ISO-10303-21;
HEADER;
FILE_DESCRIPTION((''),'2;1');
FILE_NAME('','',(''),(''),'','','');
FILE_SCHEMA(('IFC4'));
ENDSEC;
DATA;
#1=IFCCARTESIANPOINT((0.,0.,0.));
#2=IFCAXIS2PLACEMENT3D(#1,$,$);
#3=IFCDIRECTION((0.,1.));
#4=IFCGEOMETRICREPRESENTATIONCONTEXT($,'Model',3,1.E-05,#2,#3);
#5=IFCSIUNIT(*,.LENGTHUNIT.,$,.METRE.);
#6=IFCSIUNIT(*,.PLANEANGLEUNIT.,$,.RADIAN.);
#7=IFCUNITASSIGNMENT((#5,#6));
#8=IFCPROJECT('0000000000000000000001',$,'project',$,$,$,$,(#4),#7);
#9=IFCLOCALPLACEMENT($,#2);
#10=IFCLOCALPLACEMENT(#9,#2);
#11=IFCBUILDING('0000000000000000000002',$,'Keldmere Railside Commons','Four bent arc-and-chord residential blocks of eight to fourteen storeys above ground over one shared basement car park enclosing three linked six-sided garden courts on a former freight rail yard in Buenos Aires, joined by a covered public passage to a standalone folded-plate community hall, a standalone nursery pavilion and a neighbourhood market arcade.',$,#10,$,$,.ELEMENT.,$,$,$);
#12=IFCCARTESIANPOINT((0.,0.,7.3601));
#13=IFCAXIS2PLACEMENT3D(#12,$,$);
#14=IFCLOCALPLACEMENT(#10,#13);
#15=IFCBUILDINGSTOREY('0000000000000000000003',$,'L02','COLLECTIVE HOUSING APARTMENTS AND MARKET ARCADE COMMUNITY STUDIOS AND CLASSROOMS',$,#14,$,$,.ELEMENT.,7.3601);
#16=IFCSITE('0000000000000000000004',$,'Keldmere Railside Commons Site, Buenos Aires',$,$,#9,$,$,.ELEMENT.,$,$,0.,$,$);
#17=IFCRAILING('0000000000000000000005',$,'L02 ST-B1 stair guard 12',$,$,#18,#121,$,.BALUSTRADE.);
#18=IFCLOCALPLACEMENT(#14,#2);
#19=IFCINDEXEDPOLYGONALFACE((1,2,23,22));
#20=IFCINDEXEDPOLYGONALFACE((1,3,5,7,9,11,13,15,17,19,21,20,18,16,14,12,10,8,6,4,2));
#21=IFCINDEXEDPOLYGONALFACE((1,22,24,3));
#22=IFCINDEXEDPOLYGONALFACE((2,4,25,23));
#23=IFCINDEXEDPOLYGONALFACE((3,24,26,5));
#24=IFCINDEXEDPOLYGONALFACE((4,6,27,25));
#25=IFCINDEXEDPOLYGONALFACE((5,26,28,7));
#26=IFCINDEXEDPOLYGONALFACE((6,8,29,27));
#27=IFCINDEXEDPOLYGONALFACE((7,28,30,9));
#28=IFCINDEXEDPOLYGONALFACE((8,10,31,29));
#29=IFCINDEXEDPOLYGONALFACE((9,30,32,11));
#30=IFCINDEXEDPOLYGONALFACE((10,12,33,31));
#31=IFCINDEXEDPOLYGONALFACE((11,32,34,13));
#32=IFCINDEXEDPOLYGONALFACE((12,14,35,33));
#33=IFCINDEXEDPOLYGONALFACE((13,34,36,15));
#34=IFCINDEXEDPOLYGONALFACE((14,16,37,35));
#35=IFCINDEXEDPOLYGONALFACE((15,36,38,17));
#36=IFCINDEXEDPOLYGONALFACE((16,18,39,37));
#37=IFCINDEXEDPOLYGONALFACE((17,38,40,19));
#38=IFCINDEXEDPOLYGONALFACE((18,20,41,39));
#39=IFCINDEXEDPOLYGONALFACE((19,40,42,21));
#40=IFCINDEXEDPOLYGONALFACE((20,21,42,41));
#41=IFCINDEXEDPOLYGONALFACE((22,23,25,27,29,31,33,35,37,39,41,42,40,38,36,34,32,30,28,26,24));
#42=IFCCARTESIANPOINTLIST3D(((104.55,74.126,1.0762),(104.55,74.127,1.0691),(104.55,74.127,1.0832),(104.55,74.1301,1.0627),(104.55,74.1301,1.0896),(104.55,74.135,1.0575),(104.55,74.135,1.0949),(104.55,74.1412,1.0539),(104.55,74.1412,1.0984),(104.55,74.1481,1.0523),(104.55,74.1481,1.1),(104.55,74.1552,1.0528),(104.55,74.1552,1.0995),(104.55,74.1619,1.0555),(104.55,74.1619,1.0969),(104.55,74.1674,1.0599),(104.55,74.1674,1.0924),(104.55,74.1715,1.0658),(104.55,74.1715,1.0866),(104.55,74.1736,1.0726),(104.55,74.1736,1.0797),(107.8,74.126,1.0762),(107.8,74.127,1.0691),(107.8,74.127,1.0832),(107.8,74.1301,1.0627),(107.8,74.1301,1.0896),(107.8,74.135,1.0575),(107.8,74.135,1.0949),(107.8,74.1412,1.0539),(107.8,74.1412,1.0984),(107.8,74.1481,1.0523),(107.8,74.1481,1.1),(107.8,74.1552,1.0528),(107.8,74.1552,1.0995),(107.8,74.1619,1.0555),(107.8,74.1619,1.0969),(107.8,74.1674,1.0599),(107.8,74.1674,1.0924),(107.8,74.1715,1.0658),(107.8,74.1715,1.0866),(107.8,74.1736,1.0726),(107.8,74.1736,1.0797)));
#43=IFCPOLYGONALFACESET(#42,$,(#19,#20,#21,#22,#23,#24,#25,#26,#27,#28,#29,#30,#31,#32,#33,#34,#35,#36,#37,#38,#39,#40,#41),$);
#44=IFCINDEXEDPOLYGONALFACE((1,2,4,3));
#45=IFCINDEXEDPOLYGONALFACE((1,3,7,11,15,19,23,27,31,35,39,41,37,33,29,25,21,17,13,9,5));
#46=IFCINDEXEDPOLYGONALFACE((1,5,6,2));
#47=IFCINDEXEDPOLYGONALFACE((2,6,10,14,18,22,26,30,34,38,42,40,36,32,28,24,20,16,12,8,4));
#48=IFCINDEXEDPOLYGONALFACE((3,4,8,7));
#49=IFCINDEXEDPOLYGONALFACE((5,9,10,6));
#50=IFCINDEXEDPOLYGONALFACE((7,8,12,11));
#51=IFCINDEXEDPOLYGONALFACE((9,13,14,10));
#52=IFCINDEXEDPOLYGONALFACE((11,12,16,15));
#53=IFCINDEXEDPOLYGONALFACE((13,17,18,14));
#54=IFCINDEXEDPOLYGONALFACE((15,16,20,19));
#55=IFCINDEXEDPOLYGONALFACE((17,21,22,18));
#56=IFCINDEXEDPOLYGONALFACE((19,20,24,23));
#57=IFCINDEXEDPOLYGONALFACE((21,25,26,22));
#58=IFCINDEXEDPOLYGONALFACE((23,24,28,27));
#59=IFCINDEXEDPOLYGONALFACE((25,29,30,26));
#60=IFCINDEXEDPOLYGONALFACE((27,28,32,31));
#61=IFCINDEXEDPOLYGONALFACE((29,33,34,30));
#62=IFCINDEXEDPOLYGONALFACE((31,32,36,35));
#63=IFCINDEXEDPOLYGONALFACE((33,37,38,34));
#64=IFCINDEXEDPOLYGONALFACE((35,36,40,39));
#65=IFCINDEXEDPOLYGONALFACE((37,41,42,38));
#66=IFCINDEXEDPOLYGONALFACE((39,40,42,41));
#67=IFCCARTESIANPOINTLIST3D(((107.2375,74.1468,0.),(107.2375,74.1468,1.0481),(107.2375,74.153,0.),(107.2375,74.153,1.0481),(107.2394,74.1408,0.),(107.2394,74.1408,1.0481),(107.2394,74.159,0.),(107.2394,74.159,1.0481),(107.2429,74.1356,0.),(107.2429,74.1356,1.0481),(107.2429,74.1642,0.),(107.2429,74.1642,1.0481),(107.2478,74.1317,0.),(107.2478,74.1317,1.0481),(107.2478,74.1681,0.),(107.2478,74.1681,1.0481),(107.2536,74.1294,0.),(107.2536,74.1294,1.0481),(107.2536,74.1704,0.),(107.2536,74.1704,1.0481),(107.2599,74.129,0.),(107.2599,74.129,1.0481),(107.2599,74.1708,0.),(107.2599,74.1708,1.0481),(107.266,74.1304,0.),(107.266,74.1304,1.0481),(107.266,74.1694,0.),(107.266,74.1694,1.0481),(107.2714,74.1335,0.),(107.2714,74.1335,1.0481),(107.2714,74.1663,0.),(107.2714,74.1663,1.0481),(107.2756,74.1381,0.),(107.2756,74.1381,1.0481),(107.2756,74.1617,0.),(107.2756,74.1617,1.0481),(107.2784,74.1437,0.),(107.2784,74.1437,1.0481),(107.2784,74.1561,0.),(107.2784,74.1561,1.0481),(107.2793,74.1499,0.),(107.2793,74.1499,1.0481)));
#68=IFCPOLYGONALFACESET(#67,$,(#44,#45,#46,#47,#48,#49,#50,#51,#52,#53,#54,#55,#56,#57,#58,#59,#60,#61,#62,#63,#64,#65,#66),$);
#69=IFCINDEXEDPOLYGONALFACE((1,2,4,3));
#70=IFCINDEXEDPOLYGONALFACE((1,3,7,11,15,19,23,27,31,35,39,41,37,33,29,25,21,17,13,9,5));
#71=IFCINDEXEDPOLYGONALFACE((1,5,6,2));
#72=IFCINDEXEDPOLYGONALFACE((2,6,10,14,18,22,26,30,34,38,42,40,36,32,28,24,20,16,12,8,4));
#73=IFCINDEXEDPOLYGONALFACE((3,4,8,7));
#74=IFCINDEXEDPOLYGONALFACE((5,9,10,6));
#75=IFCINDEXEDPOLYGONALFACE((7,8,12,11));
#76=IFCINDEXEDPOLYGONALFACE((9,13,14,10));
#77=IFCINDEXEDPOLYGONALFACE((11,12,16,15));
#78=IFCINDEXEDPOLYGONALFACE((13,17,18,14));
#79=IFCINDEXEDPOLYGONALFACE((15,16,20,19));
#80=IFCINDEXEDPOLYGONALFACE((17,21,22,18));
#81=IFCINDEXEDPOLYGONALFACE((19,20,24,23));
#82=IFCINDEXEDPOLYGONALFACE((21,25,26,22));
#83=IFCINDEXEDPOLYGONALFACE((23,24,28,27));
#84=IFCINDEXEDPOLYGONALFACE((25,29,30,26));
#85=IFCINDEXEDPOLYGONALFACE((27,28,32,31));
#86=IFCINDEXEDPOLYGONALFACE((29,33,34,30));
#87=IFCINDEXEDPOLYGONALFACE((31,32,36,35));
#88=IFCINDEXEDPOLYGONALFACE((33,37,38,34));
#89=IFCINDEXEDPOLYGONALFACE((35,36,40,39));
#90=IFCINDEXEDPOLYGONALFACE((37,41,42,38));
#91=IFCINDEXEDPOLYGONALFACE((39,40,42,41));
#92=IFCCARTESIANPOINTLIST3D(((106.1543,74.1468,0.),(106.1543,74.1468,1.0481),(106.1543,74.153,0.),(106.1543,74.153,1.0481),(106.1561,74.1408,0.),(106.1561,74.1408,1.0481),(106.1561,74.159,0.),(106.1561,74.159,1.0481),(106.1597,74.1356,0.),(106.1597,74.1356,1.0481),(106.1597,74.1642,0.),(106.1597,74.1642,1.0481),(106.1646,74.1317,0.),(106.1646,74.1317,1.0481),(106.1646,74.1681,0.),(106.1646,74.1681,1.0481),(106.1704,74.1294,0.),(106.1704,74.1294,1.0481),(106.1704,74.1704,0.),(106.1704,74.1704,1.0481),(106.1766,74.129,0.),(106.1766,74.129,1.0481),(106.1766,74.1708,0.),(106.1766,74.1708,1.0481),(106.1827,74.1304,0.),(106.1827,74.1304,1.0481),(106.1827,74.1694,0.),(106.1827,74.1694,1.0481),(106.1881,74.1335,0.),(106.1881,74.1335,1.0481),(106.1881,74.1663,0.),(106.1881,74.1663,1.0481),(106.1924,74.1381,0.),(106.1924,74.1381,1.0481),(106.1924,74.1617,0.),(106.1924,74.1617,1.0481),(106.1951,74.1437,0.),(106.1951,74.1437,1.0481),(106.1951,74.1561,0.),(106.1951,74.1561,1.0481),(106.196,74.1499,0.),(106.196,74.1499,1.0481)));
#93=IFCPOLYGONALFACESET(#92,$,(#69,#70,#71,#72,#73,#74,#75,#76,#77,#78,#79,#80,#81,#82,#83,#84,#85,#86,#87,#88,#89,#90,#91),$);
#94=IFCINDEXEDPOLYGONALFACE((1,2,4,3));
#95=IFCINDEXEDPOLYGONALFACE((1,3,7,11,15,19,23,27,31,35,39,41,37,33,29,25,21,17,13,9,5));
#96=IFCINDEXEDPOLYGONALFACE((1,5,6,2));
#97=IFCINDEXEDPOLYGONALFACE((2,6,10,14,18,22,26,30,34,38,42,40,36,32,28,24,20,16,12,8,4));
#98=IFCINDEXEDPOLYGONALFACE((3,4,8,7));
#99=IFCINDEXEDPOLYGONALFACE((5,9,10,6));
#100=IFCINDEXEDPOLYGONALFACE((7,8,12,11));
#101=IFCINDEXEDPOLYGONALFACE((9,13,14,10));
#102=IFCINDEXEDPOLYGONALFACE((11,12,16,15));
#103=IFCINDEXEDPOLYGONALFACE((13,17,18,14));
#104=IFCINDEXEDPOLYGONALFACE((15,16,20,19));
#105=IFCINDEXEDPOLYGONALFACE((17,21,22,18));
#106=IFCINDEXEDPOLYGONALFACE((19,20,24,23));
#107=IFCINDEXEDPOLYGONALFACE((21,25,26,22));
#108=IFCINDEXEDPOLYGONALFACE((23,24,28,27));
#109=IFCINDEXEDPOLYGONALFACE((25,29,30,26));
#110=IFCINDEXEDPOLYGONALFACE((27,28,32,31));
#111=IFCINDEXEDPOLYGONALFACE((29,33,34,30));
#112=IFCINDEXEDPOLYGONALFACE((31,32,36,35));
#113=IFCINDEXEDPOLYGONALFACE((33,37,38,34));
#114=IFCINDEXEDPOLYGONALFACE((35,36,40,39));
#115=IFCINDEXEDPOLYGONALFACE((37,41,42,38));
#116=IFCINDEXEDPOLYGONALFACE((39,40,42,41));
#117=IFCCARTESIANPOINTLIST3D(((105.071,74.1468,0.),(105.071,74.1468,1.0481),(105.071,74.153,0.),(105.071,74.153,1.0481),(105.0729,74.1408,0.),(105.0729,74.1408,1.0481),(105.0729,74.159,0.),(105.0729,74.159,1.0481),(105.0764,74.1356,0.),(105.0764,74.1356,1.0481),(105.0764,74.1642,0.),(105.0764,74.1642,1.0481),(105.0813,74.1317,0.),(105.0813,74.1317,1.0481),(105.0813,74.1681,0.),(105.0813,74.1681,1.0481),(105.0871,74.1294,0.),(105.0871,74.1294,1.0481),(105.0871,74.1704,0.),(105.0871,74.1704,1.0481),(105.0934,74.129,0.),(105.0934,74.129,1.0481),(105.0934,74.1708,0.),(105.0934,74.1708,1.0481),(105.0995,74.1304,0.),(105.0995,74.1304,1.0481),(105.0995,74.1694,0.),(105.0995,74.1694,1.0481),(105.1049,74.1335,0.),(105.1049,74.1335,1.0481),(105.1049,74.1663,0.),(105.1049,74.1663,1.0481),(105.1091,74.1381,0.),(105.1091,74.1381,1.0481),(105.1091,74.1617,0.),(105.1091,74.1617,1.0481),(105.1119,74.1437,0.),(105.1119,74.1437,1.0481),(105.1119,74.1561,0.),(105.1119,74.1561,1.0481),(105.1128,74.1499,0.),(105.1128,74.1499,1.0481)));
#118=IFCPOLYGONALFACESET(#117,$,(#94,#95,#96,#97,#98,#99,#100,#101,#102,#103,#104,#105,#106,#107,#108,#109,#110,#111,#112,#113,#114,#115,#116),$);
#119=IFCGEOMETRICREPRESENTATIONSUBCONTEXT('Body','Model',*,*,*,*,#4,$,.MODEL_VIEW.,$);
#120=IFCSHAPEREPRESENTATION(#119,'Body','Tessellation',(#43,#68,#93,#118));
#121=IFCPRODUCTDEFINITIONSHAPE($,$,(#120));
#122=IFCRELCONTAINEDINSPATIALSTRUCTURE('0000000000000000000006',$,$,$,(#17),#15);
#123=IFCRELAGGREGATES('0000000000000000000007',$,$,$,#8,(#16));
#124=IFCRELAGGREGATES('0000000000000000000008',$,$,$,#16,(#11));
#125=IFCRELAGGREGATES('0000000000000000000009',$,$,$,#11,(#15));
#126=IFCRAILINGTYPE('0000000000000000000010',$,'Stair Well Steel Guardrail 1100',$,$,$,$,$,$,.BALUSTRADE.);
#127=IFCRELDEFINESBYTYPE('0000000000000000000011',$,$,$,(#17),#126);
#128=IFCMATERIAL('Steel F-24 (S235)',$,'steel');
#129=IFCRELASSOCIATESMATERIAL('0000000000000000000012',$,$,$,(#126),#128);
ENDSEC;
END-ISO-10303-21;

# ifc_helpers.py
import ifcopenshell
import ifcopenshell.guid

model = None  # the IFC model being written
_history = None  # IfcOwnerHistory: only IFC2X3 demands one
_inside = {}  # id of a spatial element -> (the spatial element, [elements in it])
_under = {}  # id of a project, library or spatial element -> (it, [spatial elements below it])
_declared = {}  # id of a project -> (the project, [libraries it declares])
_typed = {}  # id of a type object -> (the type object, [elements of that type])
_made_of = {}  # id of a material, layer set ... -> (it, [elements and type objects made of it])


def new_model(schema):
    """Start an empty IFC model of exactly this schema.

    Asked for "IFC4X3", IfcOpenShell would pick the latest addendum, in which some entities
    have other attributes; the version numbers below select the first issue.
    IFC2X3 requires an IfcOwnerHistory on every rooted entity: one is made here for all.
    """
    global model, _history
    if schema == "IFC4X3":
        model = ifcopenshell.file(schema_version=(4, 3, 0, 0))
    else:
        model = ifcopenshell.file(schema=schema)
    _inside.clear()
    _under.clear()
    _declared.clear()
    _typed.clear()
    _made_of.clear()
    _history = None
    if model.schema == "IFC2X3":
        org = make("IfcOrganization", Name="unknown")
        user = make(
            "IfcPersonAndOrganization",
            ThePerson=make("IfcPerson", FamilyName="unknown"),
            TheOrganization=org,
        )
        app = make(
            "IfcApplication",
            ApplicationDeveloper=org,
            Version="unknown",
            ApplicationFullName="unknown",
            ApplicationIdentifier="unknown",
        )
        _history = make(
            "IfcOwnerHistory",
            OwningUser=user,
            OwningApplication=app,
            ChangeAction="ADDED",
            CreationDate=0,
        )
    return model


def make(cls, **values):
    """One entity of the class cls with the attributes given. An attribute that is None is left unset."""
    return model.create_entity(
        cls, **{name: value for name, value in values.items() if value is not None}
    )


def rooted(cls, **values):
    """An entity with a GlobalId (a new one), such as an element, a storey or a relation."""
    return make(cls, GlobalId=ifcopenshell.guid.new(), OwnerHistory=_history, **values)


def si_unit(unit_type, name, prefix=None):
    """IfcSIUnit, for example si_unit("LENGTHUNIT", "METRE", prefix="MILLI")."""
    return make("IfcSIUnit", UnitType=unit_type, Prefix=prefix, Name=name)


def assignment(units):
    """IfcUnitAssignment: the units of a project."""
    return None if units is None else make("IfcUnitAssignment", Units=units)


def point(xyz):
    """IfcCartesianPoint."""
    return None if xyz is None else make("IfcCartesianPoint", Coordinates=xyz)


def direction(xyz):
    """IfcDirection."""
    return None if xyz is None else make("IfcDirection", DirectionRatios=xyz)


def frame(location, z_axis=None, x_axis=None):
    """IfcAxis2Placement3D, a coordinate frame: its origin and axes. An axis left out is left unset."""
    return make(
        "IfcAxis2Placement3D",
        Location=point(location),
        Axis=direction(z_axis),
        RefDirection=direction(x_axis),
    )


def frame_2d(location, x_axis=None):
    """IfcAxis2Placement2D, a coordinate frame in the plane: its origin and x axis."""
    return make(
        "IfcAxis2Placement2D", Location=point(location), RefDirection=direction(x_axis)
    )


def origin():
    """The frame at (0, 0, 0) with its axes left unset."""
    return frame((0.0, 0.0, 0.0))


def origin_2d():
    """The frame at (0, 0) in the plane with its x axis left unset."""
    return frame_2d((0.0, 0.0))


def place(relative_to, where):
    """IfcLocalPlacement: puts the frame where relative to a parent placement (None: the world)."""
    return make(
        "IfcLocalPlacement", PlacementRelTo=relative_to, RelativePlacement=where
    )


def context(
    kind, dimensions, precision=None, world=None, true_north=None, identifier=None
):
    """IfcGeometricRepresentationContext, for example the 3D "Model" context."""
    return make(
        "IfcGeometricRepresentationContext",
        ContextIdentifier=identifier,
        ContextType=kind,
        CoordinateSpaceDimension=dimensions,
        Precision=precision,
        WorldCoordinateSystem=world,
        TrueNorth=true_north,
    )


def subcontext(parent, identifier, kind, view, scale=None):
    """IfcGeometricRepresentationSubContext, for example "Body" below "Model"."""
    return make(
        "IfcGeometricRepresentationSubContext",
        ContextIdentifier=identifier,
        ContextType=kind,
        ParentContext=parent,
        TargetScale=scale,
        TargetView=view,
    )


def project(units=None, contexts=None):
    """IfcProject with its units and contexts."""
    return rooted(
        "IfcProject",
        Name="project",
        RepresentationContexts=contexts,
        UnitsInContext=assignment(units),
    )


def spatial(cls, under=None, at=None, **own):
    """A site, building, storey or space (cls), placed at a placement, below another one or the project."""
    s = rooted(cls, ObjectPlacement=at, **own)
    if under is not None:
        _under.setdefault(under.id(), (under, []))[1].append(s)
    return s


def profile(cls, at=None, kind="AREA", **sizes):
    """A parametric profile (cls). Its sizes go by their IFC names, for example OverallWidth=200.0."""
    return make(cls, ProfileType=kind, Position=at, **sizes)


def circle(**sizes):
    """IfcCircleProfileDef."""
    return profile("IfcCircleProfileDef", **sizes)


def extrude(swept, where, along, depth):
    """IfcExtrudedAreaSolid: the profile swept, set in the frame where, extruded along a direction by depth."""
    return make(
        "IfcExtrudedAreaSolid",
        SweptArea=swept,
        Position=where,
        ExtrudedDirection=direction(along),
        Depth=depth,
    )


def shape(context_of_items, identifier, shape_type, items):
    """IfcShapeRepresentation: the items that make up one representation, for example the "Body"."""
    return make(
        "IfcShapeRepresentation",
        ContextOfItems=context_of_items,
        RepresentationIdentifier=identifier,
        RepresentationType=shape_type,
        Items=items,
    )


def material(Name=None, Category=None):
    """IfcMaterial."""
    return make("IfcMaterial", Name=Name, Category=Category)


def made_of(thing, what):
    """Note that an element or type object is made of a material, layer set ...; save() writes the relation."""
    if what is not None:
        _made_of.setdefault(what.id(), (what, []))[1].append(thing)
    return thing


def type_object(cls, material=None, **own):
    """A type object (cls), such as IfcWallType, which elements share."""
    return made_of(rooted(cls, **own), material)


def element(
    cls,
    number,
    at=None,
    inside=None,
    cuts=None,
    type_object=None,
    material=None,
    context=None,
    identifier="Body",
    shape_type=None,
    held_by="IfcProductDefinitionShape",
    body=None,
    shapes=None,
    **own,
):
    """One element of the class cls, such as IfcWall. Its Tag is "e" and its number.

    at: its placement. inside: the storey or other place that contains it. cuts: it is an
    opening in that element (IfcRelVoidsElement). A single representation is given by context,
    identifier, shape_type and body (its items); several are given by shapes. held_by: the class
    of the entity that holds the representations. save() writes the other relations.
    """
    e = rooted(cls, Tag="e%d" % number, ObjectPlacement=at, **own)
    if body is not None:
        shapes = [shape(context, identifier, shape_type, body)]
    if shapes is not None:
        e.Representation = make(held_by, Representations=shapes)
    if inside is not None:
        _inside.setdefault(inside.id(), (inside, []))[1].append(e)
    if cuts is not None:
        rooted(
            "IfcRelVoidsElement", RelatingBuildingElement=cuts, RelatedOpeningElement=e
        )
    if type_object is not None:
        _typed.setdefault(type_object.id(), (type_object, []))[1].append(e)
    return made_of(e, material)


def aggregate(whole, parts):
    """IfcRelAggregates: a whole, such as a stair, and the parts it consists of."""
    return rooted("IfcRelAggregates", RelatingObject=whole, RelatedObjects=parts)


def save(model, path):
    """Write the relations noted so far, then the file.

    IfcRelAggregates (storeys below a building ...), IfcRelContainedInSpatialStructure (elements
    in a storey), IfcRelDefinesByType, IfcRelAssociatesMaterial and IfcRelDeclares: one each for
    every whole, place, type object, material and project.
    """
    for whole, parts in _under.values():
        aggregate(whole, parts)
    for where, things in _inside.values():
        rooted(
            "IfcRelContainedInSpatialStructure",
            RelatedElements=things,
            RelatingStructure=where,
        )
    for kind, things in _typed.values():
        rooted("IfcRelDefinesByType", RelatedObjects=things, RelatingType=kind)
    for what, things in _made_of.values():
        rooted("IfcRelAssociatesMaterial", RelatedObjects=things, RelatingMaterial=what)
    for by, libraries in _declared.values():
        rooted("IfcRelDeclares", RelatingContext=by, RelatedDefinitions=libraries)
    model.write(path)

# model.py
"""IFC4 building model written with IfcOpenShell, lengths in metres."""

from ifc_helpers import new_model, si_unit, direction, frame, origin, origin_2d, place, context, subcontext, project, spatial, circle, extrude, material, type_object, element, save


model = new_model("IFC4")

# Units and contexts
model_context = context("Model", 3, precision=1e-05, world=origin(), true_north=direction((0.0, 1.0)))
body_context = subcontext(model_context, "Body", "Model", "MODEL_VIEW")
ifc_project = project(units=[si_unit("LENGTHUNIT", "METRE"), si_unit("PLANEANGLEUNIT", "RADIAN")], contexts=[model_context])

# Site, building, storey
site_placement = place(None, origin())
site = spatial("IfcSite", under=ifc_project, at=site_placement, Name="Keldmere Railside Commons Site, Buenos Aires", CompositionType="ELEMENT", RefElevation=0.0)
building_placement = place(site_placement, origin())
building = spatial("IfcBuilding", under=site, at=building_placement, Name="Keldmere Railside Commons", Description="Four bent arc-and-chord residential blocks of eight to fourteen storeys above ground over one shared basement car park enclosing three linked six-sided garden courts on a former freight rail yard in Buenos Aires, joined by a covered public passage to a standalone folded-plate community hall, a standalone nursery pavilion and a neighbourhood market arcade.", CompositionType="ELEMENT")
storey_placement = place(building_placement, frame((0.0, 0.0, 7.3601)))
storey = spatial("IfcBuildingStorey", under=building, at=storey_placement, Name="L02", Description="COLLECTIVE HOUSING APARTMENTS AND MARKET ARCADE COMMUNITY STUDIOS AND CLASSROOMS", CompositionType="ELEMENT", Elevation=7.3601)

# Shared definitions
ifc_material_1 = material(Name="Steel F-24 (S235)", Category="steel")

# Railing
railing_type_1 = type_object("IfcRailingType", Name="Stair Well Steel Guardrail 1100", PredefinedType="BALUSTRADE", material=ifc_material_1)
railing_1_placement = place(storey_placement, frame((107.8, 74.1499, 0.0)))
element("IfcRailing", 1, at=railing_1_placement, inside=storey, type_object=railing_type_1, Name="L02 ST-B1 stair guard 12", PredefinedType="BALUSTRADE", context=body_context, shape_type="SweptSolid", body=[
    extrude(circle(Radius=0.0239, at=origin_2d()), frame((0.0, 0.0, 1.0762), z_axis=(-1.0, 0.0, 0.0), x_axis=(0.0, -1.0, 0.0)), (0.0, 0.0, 1.0), 3.25),
    extrude(circle(Radius=0.021, at=origin_2d()), frame((-0.5417, 0.0, 0.0)), (0.0, 0.0, 1.0), 1.0481),
    extrude(circle(Radius=0.021, at=origin_2d()), frame((-1.625, 0.0, 0.0)), (0.0, 0.0, 1.0), 1.0481),
    extrude(circle(Radius=0.021, at=origin_2d()), frame((-2.7083, 0.0, 0.0)), (0.0, 0.0, 1.0), 1.0481),
])

save(model, "model.ifc")
